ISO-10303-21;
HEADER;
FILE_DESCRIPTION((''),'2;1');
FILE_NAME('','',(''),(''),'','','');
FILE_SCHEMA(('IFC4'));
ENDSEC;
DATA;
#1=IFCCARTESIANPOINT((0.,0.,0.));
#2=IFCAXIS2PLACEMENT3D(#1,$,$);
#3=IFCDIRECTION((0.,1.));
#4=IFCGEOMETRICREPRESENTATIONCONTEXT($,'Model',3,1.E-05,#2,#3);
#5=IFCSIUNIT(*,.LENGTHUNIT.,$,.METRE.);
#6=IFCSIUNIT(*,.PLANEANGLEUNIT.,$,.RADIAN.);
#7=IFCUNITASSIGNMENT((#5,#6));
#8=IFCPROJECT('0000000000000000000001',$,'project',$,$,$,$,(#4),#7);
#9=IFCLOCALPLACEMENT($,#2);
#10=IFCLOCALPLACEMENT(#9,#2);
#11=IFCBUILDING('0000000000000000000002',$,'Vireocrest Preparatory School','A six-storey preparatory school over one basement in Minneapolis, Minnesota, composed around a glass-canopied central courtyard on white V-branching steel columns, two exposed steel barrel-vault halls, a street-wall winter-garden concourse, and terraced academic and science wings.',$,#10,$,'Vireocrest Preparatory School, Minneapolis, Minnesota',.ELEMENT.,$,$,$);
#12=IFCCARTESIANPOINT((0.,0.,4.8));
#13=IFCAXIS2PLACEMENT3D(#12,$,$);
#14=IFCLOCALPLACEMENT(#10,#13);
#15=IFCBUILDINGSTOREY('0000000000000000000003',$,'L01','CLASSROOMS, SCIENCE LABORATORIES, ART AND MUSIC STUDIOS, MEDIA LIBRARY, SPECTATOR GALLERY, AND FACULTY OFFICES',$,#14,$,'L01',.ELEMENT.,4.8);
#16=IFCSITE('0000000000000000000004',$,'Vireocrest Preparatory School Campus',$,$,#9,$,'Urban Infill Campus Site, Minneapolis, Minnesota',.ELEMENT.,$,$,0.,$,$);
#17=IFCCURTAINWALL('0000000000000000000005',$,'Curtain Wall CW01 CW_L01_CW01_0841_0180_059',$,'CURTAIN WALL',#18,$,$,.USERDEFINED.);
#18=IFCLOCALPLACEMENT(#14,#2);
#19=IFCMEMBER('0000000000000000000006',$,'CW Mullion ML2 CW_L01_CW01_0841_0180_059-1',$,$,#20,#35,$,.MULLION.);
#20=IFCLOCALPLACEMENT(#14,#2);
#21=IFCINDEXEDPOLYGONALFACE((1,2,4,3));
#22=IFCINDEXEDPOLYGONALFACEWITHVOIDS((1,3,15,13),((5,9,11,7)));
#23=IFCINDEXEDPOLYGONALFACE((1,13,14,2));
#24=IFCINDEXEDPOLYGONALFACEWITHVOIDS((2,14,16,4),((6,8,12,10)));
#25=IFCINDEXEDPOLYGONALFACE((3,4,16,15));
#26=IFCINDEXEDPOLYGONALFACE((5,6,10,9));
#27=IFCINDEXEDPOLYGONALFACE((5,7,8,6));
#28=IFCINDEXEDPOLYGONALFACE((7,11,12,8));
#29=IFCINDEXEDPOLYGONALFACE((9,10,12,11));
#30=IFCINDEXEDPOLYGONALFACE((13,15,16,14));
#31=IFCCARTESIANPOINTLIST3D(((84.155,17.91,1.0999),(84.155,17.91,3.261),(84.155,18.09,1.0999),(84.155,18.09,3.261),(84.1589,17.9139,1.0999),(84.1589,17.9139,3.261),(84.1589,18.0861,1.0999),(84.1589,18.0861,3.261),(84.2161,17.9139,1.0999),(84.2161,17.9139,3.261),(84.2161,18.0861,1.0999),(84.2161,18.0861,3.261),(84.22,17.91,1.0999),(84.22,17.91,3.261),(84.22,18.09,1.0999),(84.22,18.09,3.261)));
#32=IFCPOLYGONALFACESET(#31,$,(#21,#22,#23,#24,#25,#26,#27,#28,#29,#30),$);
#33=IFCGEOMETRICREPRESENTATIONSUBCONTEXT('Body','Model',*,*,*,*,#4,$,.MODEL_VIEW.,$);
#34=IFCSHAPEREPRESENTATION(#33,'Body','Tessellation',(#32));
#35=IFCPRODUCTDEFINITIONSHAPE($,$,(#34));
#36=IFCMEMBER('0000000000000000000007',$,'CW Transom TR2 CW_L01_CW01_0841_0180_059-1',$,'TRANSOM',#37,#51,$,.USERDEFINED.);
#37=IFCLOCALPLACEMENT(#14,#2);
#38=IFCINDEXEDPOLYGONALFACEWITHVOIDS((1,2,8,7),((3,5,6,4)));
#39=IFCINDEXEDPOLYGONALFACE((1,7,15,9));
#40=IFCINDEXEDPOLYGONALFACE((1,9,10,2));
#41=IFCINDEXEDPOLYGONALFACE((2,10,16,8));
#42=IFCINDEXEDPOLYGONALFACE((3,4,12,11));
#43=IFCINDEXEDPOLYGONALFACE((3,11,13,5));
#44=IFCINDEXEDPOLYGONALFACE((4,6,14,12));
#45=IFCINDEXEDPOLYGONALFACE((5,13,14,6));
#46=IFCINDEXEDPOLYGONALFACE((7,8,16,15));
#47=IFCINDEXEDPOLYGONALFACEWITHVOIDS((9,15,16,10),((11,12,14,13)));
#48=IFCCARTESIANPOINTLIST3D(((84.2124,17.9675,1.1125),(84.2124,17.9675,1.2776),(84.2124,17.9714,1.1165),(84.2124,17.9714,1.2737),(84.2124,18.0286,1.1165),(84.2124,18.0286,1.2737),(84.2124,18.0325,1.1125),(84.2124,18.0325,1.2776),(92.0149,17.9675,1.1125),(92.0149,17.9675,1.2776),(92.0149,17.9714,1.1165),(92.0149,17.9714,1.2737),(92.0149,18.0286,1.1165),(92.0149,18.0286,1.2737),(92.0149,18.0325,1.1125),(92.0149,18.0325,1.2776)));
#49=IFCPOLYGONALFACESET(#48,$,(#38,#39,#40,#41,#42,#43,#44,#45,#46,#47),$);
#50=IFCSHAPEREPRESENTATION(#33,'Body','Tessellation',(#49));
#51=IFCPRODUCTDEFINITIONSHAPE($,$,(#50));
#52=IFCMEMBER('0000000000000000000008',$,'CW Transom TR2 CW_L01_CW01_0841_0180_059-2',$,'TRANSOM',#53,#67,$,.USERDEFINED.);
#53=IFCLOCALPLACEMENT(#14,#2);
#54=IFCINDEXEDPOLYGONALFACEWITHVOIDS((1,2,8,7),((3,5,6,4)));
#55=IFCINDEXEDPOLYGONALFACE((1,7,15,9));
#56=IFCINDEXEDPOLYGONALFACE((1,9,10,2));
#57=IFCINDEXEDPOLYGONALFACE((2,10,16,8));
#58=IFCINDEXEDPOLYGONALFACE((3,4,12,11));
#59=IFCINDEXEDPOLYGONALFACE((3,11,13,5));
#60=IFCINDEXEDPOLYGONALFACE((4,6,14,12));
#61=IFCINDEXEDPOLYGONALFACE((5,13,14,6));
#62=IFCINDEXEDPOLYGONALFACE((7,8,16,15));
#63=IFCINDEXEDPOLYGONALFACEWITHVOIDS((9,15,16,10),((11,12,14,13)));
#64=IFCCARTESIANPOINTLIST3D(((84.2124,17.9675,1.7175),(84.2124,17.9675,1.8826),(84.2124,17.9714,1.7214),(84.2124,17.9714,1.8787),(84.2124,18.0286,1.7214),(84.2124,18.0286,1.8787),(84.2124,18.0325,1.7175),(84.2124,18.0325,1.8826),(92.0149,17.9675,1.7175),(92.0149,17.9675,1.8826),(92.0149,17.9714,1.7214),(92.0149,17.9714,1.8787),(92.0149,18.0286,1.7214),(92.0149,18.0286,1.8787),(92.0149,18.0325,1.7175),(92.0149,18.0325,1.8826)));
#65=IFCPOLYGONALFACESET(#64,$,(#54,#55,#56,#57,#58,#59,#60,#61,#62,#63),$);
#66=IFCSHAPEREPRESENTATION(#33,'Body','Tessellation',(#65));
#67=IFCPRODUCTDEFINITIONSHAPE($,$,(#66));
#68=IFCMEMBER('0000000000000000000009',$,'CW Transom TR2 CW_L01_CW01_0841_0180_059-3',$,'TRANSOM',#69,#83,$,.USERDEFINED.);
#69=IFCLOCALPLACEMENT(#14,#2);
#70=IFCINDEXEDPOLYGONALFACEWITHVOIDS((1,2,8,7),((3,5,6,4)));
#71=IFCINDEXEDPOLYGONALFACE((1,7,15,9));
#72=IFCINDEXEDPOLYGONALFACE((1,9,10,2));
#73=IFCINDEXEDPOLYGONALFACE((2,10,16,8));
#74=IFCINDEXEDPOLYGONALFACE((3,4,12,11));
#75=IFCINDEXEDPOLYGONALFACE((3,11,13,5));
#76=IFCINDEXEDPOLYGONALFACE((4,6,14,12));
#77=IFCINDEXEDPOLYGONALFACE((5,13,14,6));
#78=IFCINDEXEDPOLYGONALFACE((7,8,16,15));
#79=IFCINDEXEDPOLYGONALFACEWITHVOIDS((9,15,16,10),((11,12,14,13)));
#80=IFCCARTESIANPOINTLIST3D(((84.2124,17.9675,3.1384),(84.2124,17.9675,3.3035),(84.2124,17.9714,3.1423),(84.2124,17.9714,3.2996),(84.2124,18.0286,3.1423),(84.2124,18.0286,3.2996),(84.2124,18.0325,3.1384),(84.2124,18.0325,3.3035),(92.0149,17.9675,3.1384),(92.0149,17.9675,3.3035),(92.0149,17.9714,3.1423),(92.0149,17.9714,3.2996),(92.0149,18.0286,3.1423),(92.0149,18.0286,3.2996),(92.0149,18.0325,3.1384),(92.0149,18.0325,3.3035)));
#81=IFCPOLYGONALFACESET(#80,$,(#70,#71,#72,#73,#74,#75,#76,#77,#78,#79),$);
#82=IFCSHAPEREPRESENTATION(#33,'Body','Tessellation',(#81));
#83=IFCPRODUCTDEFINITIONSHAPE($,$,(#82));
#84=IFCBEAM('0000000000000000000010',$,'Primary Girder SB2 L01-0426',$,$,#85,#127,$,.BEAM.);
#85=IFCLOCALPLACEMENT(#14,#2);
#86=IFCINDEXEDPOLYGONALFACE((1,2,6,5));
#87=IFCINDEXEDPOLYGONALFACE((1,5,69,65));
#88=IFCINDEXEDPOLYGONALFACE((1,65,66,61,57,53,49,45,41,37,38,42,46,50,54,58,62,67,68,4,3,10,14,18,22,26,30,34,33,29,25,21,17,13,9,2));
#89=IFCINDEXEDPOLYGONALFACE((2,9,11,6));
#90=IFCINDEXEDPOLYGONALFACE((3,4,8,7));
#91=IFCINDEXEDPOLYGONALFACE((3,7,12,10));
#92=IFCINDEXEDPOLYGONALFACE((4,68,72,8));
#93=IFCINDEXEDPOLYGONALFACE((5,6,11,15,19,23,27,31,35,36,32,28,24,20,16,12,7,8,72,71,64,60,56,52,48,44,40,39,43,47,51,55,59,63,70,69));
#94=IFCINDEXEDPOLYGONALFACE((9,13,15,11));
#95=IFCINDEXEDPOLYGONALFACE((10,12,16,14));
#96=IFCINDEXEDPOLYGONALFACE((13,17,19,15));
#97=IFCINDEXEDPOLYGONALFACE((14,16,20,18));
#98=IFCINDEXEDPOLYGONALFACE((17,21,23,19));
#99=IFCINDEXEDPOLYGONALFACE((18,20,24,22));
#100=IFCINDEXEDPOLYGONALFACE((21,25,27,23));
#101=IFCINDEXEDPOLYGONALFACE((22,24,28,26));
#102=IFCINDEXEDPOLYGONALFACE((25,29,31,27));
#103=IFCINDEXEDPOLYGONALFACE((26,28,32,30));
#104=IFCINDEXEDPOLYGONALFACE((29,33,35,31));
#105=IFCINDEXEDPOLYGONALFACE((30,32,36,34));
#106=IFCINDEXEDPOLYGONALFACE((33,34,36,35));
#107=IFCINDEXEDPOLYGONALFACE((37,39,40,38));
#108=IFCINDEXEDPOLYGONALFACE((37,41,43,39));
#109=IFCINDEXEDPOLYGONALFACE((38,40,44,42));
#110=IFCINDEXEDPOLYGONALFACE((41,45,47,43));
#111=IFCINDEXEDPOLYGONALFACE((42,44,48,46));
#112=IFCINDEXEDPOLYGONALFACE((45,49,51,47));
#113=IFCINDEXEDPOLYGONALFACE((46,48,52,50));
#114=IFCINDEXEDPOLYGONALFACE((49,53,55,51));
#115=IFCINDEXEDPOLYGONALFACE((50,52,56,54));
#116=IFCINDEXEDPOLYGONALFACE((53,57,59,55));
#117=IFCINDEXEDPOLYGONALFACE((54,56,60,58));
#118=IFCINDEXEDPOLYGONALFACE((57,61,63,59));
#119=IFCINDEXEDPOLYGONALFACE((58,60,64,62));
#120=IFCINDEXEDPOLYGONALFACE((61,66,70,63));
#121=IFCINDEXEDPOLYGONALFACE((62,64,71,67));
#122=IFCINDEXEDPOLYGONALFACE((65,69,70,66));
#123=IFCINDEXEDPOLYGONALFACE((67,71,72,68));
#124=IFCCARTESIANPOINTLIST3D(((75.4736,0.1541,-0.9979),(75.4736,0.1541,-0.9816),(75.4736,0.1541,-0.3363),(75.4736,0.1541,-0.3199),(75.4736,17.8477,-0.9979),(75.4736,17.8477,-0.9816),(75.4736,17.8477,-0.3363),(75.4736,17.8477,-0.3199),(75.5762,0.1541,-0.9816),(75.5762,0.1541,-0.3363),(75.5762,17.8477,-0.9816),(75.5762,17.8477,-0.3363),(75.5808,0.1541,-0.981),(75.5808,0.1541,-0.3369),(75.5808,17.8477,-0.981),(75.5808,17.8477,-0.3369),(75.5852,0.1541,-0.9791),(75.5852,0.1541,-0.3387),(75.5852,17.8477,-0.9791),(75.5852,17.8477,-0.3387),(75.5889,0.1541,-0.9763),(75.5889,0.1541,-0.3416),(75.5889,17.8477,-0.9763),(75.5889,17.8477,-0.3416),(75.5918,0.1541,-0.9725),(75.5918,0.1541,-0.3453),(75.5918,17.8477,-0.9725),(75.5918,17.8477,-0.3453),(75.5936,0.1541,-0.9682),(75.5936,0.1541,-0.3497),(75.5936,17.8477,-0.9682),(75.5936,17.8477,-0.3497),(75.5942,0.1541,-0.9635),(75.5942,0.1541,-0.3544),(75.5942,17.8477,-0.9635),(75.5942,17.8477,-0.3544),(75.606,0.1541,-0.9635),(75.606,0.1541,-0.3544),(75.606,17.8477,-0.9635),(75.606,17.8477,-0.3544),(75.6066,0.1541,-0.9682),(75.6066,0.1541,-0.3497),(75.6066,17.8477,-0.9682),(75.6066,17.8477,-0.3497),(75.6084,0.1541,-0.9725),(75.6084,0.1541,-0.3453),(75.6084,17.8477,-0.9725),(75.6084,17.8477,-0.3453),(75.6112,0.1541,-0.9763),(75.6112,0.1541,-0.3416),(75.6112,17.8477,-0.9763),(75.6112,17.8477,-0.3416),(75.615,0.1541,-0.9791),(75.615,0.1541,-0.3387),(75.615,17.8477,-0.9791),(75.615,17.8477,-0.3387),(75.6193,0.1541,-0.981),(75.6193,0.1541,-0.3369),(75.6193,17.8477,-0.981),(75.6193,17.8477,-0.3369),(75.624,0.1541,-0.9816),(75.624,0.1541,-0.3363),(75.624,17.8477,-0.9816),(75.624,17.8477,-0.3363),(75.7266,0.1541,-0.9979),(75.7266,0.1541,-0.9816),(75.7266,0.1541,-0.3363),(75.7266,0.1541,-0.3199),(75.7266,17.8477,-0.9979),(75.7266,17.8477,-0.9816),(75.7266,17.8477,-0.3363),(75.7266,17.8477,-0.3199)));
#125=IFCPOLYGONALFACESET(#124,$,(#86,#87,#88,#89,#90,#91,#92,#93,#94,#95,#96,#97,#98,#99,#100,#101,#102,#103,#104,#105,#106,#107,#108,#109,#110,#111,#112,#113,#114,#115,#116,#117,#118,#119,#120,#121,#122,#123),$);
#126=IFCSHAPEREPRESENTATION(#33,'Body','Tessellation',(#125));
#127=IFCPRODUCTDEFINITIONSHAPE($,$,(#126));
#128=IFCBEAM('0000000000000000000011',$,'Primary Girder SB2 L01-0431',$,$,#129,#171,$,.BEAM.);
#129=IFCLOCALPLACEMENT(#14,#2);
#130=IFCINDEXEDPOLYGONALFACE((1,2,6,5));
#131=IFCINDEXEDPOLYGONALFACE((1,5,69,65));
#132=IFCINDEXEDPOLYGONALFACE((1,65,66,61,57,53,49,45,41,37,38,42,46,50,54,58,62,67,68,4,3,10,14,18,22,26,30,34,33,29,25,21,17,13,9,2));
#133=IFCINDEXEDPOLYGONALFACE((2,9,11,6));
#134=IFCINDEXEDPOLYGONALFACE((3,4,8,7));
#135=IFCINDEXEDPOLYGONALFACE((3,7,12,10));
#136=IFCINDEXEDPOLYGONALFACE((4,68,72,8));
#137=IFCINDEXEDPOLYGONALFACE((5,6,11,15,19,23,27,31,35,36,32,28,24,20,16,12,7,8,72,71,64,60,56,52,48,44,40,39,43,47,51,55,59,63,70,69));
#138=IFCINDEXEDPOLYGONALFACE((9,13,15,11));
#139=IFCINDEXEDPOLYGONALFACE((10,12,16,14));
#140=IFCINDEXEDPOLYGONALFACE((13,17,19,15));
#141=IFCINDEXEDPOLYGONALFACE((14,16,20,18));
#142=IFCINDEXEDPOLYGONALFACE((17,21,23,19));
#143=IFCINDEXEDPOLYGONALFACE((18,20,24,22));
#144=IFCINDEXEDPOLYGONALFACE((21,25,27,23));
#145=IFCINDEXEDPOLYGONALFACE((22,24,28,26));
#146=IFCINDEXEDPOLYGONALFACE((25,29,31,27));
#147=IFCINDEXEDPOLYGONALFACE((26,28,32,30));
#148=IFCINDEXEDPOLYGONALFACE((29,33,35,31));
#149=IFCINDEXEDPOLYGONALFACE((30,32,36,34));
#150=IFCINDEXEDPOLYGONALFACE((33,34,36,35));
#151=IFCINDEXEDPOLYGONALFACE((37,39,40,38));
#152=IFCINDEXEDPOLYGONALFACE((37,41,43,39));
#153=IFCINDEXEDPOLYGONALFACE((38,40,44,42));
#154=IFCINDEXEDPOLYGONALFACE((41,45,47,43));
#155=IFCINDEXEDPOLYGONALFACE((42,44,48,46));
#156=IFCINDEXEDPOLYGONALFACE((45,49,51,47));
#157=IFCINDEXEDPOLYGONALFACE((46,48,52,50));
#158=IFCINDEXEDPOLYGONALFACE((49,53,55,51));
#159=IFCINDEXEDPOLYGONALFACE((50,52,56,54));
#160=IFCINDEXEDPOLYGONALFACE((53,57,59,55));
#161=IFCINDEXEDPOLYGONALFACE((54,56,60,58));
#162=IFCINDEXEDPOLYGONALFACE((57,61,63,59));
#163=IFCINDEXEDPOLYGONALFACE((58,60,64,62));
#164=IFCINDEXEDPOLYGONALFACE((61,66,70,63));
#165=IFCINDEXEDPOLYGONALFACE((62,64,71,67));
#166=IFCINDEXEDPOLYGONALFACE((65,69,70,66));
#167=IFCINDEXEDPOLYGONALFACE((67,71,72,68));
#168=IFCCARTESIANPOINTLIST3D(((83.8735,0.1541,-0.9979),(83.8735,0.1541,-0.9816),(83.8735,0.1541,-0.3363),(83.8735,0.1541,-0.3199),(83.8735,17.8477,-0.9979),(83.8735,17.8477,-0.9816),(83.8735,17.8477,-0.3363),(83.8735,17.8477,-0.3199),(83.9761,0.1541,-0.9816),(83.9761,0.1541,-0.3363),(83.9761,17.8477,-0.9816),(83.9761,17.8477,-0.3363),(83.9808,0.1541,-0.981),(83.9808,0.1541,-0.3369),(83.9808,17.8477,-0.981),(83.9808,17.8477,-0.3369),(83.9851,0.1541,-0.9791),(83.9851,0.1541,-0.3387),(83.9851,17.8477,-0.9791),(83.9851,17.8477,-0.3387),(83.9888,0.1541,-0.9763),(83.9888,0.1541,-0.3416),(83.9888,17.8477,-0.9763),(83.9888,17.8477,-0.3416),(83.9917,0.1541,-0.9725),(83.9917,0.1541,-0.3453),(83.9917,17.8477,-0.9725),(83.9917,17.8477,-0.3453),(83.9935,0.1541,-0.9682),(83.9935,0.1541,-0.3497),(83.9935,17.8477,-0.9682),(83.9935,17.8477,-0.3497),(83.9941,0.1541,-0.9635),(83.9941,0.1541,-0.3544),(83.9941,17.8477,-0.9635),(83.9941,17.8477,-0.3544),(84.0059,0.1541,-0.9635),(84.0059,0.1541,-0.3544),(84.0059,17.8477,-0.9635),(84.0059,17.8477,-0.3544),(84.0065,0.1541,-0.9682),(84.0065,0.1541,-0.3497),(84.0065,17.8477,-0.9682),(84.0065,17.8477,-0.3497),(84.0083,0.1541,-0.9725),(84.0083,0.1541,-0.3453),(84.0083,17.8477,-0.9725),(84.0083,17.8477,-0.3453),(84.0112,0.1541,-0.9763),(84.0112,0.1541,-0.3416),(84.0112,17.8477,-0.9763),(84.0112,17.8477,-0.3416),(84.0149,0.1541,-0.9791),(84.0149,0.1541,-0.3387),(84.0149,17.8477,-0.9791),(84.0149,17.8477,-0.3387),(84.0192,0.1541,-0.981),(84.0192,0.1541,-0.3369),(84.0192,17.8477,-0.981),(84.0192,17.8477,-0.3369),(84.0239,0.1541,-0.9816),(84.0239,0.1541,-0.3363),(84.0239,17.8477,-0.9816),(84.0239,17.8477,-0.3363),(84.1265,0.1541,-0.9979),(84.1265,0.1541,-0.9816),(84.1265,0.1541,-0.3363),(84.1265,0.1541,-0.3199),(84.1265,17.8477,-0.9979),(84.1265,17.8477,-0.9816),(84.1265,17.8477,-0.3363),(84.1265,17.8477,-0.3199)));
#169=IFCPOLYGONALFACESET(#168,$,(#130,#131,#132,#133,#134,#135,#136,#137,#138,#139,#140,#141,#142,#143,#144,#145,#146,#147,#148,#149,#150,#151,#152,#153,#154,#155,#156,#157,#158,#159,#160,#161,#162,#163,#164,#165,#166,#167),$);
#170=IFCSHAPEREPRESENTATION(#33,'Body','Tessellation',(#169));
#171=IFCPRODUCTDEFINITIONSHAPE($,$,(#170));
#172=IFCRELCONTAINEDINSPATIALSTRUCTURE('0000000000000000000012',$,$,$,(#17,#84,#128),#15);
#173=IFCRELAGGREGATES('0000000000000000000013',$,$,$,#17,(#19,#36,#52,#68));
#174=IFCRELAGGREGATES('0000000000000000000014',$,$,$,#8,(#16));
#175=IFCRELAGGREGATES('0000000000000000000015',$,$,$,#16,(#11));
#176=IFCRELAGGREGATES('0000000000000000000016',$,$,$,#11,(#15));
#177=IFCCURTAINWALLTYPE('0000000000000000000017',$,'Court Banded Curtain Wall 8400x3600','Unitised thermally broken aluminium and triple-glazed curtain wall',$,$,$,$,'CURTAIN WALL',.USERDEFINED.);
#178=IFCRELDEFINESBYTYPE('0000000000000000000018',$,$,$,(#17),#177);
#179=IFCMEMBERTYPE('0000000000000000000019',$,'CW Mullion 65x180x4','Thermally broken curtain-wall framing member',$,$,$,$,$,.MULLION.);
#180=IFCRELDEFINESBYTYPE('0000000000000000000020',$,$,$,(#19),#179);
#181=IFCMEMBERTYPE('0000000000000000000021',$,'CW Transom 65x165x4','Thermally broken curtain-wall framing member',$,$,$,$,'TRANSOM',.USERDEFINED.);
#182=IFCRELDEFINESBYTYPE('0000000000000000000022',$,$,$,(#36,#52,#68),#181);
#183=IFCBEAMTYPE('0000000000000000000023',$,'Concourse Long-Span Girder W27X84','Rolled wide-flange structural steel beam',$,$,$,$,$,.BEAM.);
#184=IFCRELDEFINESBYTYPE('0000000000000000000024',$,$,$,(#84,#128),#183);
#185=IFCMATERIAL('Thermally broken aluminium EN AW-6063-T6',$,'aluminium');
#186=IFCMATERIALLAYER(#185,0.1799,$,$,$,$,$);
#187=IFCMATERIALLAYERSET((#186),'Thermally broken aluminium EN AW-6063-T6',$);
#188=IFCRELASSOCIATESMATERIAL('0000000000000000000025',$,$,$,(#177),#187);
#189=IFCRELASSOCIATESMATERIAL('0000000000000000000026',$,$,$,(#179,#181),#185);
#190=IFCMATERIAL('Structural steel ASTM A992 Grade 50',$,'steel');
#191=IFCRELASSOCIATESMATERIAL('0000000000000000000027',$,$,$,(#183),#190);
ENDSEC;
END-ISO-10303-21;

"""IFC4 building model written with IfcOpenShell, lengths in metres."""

from ifc_helpers import new_model, si_unit, direction, frame, origin, origin_2d, place, context, subcontext, project, spatial, hollow_rectangle, i_section, extrude, material, layer, layer_set, material_profile, profile_set, type_object, element, aggregate, save


model = new_model("IFC4")

# Units and contexts
model_context = context("Model", 3, precision=1e-05, world=origin(), true_north=direction((0.0, 1.0)))
body_context = subcontext(model_context, "Body", "Model", "MODEL_VIEW")
ifc_project = project(units=[si_unit("LENGTHUNIT", "METRE"), si_unit("PLANEANGLEUNIT", "RADIAN")], contexts=[model_context])

# Site, building, storey
site_placement = place(None, origin())
site = spatial("IfcSite", under=ifc_project, at=site_placement, Name="Vireocrest Preparatory School Campus", LongName="Urban Infill Campus Site, Minneapolis, Minnesota", CompositionType="ELEMENT", RefElevation=0.0)
building_placement = place(site_placement, origin())
building = spatial("IfcBuilding", under=site, at=building_placement, Name="Vireocrest Preparatory School", Description="A six-storey preparatory school over one basement in Minneapolis, Minnesota, composed around a glass-canopied central courtyard on white V-branching steel columns, two exposed steel barrel-vault halls, a street-wall winter-garden concourse, and terraced academic and science wings.", LongName="Vireocrest Preparatory School, Minneapolis, Minnesota", CompositionType="ELEMENT")
storey_placement = place(building_placement, frame((0.0, 0.0, 4.8)))
storey = spatial("IfcBuildingStorey", under=building, at=storey_placement, Name="L01", Description="CLASSROOMS, SCIENCE LABORATORIES, ART AND MUSIC STUDIOS, MEDIA LIBRARY, SPECTATOR GALLERY, AND FACULTY OFFICES", LongName="L01", CompositionType="ELEMENT", Elevation=4.8)

# Curtain wall, members
ifc_material_1 = material(Name="Thermally broken aluminium EN AW-6063-T6", Category="aluminium")
ifc_layer_1 = layer(ifc_material_1, 0.1799)
ifc_layer_set_1 = layer_set([ifc_layer_1], Name="Thermally broken aluminium EN AW-6063-T6")
curtain_wall_type = type_object("IfcCurtainWallType", Name="Court Banded Curtain Wall 8400x3600", Description="Unitised thermally broken aluminium and triple-glazed curtain wall", ElementType="CURTAIN WALL", PredefinedType="USERDEFINED", material=ifc_layer_set_1)
ifc_material_profile_1 = material_profile(ifc_material_1, hollow_rectangle(XDim=0.0649, YDim=0.1799, WallThickness=0.0039, at=origin_2d()), Name="ALU 65x180x4")
ifc_profile_set_1 = profile_set([ifc_material_profile_1], Name="Thermally broken aluminium EN AW-6063-T6")
member_type_1 = type_object("IfcMemberType", Name="CW Mullion 65x180x4", Description="Thermally broken curtain-wall framing member", PredefinedType="MULLION", material=ifc_profile_set_1)
curtain_wall_1_placement = place(storey_placement, origin())
curtain_wall_1 = element("IfcCurtainWall", 1, at=curtain_wall_1_placement, inside=storey, type_object=curtain_wall_type, Name="Curtain Wall CW01 CW_L01_CW01_0841_0180_059", ObjectType="CURTAIN WALL", PredefinedType="USERDEFINED")
member_1_placement = place(storey_placement, frame((84.1875, 18.0, 1.0999), z_axis=(0.0, 0.0, 1.0), x_axis=(1.0, 0.0, 0.0)))
member_1 = element("IfcMember", 2, at=member_1_placement, type_object=member_type_1, Name="CW Mullion ML2 CW_L01_CW01_0841_0180_059-1", PredefinedType="MULLION", context=body_context, shape_type="SweptSolid", body=[
    extrude(hollow_rectangle(XDim=0.0649, YDim=0.1799, WallThickness=0.0039, at=origin_2d()), origin(), (0.0, 0.0, 1.0), 2.1611),
])
ifc_material_profile_2 = material_profile(ifc_material_1, hollow_rectangle(XDim=0.0649, YDim=0.165, WallThickness=0.0039, at=origin_2d()), Name="ALU 65x165x4")
ifc_profile_set_2 = profile_set([ifc_material_profile_2], Name="Thermally broken aluminium EN AW-6063-T6")
member_type_2 = type_object("IfcMemberType", Name="CW Transom 65x165x4", Description="Thermally broken curtain-wall framing member", ElementType="TRANSOM", PredefinedType="USERDEFINED", material=ifc_profile_set_2)
member_2_placement = place(storey_placement, frame((84.2124, 18.0, 1.1951), z_axis=(1.0, 0.0, 0.0), x_axis=(0.0, 1.0, 0.0)))
member_2 = element("IfcMember", 3, at=member_2_placement, type_object=member_type_2, Name="CW Transom TR2 CW_L01_CW01_0841_0180_059-1", ObjectType="TRANSOM", PredefinedType="USERDEFINED", context=body_context, shape_type="SweptSolid", body=[
    extrude(hollow_rectangle(XDim=0.0649, YDim=0.165, WallThickness=0.0039, at=origin_2d()), origin(), (0.0, 0.0, 1.0), 7.8025),
])
member_3_placement = place(storey_placement, frame((84.2124, 18.0, 1.8), z_axis=(1.0, 0.0, 0.0), x_axis=(0.0, 1.0, 0.0)))
member_3 = element("IfcMember", 4, at=member_3_placement, type_object=member_type_2, Name="CW Transom TR2 CW_L01_CW01_0841_0180_059-2", ObjectType="TRANSOM", PredefinedType="USERDEFINED", context=body_context, shape_type="SweptSolid", body=[
    extrude(hollow_rectangle(XDim=0.0649, YDim=0.165, WallThickness=0.0039, at=origin_2d()), origin(), (0.0, 0.0, 1.0), 7.8025),
])
member_4_placement = place(storey_placement, frame((84.2124, 18.0, 3.2209), z_axis=(1.0, 0.0, 0.0), x_axis=(0.0, 1.0, 0.0)))
member_4 = element("IfcMember", 5, at=member_4_placement, type_object=member_type_2, Name="CW Transom TR2 CW_L01_CW01_0841_0180_059-3", ObjectType="TRANSOM", PredefinedType="USERDEFINED", context=body_context, shape_type="SweptSolid", body=[
    extrude(hollow_rectangle(XDim=0.0649, YDim=0.165, WallThickness=0.0039, at=origin_2d()), origin(), (0.0, 0.0, 1.0), 7.8025),
])
aggregate(curtain_wall_1, [member_1, member_2, member_3, member_4])

# Beams
ifc_material_2 = material(Name="Structural steel ASTM A992 Grade 50", Category="steel")
ifc_material_profile_3 = material_profile(ifc_material_2, i_section(OverallWidth=0.2529, OverallDepth=0.678, WebThickness=0.0117, FlangeThickness=0.0164, FilletRadius=0.0181, at=origin_2d()), Name="W27X84")
ifc_profile_set_3 = profile_set([ifc_material_profile_3], Name="Structural steel ASTM A992 Grade 50")
beam_type_1 = type_object("IfcBeamType", Name="Concourse Long-Span Girder W27X84", Description="Rolled wide-flange structural steel beam", PredefinedType="BEAM", material=ifc_profile_set_3)
for number, where, z_axis, x_axis, name in (
    (6, (75.6001, 0.1541, -0.6589), (0.0, 1.0, 0.0), (-1.0, 0.0, 0.0), "Primary Girder SB2 L01-0426"),
    (7, (84.0, 0.1541, -0.6589), (0.0, 1.0, 0.0), (-1.0, 0.0, 0.0), "Primary Girder SB2 L01-0431"),
):
    element("IfcBeam", number, at=place(storey_placement, frame(where, z_axis=z_axis, x_axis=x_axis)), inside=storey, type_object=beam_type_1, Name=name, PredefinedType="BEAM", context=body_context, shape_type="SweptSolid", body=[
        extrude(i_section(OverallWidth=0.2529, OverallDepth=0.678, WebThickness=0.0117, FlangeThickness=0.0164, FilletRadius=0.0181, at=origin_2d()), origin(), (0.0, 0.0, 1.0), 17.6936),
    ])

save(model, "model.ifc")
